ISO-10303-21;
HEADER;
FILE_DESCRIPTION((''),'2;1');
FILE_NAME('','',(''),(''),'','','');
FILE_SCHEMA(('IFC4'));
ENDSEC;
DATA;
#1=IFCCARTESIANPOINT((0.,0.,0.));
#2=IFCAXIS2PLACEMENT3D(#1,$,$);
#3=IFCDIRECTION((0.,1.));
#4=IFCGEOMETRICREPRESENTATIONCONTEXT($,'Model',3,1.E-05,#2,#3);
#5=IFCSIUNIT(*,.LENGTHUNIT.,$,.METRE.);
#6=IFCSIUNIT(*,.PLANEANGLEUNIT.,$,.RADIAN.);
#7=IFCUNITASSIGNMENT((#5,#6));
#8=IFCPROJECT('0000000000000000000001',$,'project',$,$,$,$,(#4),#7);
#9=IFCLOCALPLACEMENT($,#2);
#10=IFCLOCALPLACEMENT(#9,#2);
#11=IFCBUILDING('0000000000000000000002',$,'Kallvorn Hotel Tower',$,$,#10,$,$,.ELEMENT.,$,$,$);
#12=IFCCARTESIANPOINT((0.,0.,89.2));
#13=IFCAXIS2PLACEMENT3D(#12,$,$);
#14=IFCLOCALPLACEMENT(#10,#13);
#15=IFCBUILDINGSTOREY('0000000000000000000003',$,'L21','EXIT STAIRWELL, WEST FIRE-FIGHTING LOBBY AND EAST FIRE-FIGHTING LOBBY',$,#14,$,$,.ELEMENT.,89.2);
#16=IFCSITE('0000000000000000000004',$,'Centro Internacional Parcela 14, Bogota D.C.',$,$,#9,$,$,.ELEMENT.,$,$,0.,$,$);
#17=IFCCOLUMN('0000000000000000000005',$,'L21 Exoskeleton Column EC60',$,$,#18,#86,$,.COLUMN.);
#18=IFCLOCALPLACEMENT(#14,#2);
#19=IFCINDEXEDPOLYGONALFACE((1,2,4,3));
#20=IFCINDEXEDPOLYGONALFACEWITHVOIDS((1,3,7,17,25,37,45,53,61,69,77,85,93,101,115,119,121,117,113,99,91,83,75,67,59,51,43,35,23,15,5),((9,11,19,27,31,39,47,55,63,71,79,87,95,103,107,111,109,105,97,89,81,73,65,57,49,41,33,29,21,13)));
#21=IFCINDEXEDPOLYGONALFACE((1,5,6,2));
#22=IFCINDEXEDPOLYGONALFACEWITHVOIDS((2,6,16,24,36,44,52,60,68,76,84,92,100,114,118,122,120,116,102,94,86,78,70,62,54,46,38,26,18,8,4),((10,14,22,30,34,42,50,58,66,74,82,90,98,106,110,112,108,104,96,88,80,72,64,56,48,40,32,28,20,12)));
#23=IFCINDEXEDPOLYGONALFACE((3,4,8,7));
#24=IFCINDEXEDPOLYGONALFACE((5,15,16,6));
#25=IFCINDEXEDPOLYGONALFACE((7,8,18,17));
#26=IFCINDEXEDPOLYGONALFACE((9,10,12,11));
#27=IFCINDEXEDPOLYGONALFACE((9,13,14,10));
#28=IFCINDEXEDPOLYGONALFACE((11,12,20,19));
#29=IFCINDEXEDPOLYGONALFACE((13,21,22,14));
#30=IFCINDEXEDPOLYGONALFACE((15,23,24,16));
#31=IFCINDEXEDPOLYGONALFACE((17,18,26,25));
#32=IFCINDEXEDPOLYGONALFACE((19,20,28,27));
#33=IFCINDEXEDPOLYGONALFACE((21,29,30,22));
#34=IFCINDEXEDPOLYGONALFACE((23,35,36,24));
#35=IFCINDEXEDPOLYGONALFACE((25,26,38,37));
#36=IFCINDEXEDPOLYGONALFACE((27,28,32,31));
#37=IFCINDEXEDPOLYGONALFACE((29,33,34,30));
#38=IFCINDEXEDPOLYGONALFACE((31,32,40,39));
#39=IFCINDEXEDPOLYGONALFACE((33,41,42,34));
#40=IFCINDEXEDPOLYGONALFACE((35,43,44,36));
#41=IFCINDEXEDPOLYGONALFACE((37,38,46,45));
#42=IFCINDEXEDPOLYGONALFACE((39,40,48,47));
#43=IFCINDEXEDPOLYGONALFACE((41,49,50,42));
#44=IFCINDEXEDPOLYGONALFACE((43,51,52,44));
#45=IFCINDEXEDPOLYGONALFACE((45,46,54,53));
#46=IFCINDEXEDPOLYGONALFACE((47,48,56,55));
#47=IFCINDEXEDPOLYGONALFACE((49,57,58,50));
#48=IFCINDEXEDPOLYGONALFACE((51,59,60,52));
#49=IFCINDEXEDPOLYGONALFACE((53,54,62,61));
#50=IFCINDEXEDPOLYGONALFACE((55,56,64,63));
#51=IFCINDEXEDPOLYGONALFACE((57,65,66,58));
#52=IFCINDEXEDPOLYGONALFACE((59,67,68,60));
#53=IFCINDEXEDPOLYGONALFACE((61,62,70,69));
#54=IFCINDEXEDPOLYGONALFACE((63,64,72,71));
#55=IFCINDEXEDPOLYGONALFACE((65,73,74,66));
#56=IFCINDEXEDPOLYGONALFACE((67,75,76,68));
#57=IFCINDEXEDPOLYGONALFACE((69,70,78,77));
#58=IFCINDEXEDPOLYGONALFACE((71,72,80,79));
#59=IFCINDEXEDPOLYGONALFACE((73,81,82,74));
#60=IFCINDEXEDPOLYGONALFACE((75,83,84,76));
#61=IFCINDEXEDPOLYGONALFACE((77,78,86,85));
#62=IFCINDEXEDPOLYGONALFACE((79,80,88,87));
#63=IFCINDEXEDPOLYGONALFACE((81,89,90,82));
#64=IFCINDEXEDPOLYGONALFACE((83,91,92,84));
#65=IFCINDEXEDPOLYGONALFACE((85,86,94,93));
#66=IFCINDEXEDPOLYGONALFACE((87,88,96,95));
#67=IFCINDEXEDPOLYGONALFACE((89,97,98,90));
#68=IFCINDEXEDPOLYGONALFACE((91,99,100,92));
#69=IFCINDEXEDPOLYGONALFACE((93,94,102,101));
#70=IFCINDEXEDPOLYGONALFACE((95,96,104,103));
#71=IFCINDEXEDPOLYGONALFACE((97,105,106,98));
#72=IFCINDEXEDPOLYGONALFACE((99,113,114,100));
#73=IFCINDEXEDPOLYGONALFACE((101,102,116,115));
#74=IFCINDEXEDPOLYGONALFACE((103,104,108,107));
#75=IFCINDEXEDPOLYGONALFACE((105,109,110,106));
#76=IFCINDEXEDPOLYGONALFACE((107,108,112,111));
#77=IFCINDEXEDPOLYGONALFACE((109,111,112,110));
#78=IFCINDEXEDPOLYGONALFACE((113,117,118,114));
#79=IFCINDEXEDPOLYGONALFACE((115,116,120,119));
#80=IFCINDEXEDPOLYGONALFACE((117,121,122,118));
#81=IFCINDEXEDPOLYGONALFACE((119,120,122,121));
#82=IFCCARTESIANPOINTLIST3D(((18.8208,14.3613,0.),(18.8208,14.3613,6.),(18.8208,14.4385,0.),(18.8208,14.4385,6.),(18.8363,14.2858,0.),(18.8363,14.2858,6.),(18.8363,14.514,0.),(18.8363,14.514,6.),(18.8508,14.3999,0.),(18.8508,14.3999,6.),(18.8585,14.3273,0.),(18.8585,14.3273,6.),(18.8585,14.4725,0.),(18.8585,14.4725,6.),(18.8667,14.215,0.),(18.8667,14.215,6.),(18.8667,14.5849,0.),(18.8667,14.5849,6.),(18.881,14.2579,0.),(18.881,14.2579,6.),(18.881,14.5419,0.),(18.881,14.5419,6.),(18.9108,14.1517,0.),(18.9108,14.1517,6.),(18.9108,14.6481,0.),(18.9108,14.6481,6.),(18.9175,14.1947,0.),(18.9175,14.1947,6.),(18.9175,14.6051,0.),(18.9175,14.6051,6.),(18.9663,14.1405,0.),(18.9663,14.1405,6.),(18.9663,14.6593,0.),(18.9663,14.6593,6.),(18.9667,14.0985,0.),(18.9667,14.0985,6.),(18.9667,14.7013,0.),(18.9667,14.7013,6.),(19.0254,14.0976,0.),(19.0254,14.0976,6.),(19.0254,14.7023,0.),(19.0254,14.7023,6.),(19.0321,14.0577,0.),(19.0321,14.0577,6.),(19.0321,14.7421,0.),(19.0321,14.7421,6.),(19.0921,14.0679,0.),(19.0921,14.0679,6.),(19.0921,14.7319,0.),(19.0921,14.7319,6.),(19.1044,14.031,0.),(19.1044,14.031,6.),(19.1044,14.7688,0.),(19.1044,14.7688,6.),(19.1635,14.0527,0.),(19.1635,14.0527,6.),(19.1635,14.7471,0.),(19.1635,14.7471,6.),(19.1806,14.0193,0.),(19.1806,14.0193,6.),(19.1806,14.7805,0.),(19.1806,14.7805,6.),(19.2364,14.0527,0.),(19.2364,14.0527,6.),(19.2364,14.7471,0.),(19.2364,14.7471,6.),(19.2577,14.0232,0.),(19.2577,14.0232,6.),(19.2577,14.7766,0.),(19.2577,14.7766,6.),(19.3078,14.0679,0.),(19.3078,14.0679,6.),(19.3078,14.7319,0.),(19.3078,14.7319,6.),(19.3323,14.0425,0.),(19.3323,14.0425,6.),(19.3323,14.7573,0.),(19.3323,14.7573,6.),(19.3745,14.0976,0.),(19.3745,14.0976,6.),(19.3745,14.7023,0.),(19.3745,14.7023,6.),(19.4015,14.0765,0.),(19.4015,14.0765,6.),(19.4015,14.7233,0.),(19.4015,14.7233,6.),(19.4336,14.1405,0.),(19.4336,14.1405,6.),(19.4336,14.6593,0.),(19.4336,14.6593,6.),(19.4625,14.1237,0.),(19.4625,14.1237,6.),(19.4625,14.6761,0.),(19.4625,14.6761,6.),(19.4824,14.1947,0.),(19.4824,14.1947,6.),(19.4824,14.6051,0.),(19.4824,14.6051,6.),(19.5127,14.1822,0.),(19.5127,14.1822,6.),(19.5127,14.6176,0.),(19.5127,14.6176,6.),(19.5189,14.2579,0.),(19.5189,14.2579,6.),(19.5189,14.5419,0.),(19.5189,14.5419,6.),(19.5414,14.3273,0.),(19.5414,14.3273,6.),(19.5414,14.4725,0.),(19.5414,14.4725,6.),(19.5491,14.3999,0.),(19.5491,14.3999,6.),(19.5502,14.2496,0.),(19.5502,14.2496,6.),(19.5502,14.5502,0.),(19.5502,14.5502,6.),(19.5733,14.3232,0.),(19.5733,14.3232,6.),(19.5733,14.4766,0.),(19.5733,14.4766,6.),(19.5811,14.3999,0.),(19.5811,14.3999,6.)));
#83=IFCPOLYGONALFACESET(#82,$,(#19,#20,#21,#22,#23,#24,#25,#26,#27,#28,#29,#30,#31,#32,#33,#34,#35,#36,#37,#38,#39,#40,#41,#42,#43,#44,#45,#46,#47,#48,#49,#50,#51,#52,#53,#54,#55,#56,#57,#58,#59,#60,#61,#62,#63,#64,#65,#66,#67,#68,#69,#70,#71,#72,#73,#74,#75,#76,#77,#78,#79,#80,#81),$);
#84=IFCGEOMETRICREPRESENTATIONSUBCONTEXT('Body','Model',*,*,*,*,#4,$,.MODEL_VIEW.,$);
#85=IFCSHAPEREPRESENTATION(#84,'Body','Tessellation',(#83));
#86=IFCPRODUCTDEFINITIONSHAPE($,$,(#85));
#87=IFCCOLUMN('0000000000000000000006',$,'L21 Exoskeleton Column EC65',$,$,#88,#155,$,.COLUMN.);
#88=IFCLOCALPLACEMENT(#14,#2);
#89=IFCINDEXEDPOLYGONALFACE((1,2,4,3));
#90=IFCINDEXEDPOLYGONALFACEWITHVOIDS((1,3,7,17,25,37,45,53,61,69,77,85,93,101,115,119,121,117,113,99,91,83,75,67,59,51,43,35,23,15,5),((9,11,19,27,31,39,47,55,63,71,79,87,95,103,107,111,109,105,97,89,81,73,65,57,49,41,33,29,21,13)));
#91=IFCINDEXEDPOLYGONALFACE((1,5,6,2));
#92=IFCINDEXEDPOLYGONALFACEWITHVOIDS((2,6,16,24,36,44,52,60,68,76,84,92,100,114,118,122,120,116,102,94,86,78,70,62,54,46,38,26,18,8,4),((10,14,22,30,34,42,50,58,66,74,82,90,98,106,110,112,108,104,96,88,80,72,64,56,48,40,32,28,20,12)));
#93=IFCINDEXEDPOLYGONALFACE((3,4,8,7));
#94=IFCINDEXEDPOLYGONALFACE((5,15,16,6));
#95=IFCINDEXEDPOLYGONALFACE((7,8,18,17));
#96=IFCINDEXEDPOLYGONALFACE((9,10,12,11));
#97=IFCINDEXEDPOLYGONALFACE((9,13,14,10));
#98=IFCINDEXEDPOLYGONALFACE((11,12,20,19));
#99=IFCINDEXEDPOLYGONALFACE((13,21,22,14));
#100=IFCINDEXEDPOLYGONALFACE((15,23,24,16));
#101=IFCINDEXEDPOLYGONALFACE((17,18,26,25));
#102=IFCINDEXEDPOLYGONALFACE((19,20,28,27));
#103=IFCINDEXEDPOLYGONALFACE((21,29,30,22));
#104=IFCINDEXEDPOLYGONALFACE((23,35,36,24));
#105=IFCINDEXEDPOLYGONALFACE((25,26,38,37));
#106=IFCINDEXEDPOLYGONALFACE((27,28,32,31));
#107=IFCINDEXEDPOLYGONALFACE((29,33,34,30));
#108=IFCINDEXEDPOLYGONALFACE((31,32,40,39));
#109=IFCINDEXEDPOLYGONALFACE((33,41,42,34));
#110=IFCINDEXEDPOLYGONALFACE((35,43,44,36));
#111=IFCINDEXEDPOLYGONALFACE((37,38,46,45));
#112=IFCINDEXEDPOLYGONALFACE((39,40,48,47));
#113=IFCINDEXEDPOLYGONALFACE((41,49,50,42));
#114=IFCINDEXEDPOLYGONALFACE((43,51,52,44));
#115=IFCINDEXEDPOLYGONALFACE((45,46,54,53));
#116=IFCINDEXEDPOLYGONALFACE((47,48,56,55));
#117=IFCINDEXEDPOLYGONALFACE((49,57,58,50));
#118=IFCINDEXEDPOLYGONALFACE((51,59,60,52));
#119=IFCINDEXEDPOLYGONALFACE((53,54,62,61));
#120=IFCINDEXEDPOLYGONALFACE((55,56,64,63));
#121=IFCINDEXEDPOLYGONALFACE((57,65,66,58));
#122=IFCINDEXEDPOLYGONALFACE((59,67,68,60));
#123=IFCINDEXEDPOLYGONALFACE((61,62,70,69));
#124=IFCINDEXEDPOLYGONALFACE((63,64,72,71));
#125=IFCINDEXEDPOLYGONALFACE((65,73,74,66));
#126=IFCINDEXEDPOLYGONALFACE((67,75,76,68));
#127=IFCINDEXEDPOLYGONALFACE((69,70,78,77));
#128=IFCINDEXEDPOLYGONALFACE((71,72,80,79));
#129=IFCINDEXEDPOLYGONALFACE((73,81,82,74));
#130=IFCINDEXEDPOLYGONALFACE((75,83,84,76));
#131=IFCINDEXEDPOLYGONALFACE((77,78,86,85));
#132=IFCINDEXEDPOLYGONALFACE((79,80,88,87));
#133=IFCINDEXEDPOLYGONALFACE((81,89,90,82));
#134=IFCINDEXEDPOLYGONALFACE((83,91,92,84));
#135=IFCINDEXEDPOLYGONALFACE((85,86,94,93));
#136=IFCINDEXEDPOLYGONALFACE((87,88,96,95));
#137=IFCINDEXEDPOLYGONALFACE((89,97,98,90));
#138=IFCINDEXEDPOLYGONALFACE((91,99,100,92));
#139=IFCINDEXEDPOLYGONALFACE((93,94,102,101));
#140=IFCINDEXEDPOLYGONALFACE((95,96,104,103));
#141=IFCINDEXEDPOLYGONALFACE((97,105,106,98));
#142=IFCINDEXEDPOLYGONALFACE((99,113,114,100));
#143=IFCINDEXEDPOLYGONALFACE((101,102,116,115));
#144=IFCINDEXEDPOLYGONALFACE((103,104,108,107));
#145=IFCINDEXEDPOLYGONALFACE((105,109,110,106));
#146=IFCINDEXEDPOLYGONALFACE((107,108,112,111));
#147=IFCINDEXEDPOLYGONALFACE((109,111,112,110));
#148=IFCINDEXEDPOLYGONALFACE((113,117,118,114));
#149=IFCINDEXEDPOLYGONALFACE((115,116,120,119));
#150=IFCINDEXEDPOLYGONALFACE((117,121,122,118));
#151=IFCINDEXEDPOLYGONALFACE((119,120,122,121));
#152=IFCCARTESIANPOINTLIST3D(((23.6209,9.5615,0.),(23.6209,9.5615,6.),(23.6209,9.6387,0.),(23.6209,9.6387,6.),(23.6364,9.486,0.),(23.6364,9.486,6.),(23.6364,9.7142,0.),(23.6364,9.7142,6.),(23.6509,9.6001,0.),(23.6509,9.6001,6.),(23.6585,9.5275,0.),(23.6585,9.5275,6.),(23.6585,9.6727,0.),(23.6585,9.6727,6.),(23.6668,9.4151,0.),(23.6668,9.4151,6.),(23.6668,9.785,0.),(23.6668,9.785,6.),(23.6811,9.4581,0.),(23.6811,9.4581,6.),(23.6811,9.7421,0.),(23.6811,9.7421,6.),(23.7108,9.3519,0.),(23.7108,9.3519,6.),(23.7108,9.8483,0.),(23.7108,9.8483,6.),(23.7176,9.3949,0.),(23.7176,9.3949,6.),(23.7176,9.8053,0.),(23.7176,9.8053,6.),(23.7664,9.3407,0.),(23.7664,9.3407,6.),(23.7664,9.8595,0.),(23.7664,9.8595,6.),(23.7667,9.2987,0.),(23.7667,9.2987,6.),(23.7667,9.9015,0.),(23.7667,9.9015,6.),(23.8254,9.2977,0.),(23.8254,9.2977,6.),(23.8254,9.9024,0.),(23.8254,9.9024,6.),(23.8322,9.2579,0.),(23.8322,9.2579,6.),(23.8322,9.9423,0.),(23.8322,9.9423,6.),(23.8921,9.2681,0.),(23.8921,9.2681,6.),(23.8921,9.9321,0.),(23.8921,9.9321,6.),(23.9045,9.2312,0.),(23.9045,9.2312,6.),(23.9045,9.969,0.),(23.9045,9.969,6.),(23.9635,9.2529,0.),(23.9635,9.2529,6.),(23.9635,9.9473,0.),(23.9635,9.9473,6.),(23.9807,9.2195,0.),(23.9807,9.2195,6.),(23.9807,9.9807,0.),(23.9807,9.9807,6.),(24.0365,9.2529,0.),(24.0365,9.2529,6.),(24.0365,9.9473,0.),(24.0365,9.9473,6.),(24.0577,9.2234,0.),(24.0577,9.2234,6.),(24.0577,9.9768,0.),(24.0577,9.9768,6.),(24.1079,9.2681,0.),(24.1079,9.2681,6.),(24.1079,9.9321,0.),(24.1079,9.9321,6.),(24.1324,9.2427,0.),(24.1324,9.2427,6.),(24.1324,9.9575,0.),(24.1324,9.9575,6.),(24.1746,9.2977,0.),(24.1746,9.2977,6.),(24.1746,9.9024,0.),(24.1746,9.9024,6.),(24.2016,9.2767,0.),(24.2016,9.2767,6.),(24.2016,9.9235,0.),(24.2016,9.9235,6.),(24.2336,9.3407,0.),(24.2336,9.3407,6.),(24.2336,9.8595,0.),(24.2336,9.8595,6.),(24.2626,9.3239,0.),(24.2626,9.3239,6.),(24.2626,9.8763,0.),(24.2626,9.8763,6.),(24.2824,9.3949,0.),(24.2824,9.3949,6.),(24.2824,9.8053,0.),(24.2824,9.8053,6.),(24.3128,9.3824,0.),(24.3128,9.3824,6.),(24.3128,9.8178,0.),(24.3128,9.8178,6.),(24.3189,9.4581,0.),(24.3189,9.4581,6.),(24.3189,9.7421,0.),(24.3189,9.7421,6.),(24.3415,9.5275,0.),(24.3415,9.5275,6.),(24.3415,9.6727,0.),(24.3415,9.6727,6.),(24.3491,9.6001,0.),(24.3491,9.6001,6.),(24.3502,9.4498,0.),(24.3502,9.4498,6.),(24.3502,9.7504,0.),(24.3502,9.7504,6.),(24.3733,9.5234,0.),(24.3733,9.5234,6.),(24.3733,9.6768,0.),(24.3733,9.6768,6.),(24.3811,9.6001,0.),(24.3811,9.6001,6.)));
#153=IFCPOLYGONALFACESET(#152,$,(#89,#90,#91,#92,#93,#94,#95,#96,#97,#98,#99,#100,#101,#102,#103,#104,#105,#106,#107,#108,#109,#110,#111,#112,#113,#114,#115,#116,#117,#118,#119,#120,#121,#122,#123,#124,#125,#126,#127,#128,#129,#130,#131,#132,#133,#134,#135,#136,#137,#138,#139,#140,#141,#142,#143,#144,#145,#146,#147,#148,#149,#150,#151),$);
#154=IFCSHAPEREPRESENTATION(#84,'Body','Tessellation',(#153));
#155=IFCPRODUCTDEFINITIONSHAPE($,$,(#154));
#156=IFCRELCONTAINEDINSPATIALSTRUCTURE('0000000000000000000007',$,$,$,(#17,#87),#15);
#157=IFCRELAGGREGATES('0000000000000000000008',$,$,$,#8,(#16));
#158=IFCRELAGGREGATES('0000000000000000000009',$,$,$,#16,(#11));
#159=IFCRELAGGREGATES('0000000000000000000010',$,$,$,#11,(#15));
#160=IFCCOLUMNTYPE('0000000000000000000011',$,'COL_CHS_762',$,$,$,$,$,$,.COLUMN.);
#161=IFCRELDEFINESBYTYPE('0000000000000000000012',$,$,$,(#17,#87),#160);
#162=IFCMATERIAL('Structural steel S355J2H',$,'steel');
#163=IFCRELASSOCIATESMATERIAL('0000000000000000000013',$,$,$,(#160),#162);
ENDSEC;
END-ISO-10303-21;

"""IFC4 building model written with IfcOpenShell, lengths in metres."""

from ifc_helpers import new_model, si_unit, direction, frame, origin, origin_2d, place, context, subcontext, project, spatial, hollow_circle, extrude, material, material_profile, profile_set, type_object, element, save


model = new_model("IFC4")

# Units and contexts
model_context = context("Model", 3, precision=1e-05, world=origin(), true_north=direction((0.0, 1.0)))
body_context = subcontext(model_context, "Body", "Model", "MODEL_VIEW")
ifc_project = project(units=[si_unit("LENGTHUNIT", "METRE"), si_unit("PLANEANGLEUNIT", "RADIAN")], contexts=[model_context])

# Site, building, storey
site_placement = place(None, origin())
site = spatial("IfcSite", under=ifc_project, at=site_placement, Name="Centro Internacional Parcela 14, Bogota D.C.", CompositionType="ELEMENT", RefElevation=0.0)
building_placement = place(site_placement, origin())
building = spatial("IfcBuilding", under=site, at=building_placement, Name="Kallvorn Hotel Tower", CompositionType="ELEMENT")
storey_placement = place(building_placement, frame((0.0, 0.0, 89.2)))
storey = spatial("IfcBuildingStorey", under=building, at=storey_placement, Name="L21", Description="EXIT STAIRWELL, WEST FIRE-FIGHTING LOBBY AND EAST FIRE-FIGHTING LOBBY", CompositionType="ELEMENT", Elevation=89.2)

# Columns
ifc_material_1 = material(Name="Structural steel S355J2H", Category="steel")
ifc_material_profile_1 = material_profile(ifc_material_1, hollow_circle(Radius=0.3811, WallThickness=0.032, at=origin_2d()), Name="CHS 762x32")
ifc_profile_set_1 = profile_set([ifc_material_profile_1], Name="Structural steel S355J2H")
column_type_1 = type_object("IfcColumnType", Name="COL_CHS_762", PredefinedType="COLUMN", material=ifc_profile_set_1)
for number, where, z_axis, x_axis, name in (
    (1, (19.2, 14.3999, 0.0), (0.0, 0.0, 1.0), (1.0, 0.0, 0.0), "L21 Exoskeleton Column EC60"),
    (2, (24.0, 9.6001, 0.0), (0.0, 0.0, 1.0), (1.0, 0.0, 0.0), "L21 Exoskeleton Column EC65"),
):
    element("IfcColumn", number, at=place(storey_placement, frame(where, z_axis=z_axis, x_axis=x_axis)), inside=storey, type_object=column_type_1, Name=name, PredefinedType="COLUMN", context=body_context, shape_type="SweptSolid", body=[
        extrude(hollow_circle(Radius=0.3811, WallThickness=0.032, at=origin_2d()), origin(), (0.0, 0.0, 1.0), 6.0),
    ])

save(model, "model.ifc")
